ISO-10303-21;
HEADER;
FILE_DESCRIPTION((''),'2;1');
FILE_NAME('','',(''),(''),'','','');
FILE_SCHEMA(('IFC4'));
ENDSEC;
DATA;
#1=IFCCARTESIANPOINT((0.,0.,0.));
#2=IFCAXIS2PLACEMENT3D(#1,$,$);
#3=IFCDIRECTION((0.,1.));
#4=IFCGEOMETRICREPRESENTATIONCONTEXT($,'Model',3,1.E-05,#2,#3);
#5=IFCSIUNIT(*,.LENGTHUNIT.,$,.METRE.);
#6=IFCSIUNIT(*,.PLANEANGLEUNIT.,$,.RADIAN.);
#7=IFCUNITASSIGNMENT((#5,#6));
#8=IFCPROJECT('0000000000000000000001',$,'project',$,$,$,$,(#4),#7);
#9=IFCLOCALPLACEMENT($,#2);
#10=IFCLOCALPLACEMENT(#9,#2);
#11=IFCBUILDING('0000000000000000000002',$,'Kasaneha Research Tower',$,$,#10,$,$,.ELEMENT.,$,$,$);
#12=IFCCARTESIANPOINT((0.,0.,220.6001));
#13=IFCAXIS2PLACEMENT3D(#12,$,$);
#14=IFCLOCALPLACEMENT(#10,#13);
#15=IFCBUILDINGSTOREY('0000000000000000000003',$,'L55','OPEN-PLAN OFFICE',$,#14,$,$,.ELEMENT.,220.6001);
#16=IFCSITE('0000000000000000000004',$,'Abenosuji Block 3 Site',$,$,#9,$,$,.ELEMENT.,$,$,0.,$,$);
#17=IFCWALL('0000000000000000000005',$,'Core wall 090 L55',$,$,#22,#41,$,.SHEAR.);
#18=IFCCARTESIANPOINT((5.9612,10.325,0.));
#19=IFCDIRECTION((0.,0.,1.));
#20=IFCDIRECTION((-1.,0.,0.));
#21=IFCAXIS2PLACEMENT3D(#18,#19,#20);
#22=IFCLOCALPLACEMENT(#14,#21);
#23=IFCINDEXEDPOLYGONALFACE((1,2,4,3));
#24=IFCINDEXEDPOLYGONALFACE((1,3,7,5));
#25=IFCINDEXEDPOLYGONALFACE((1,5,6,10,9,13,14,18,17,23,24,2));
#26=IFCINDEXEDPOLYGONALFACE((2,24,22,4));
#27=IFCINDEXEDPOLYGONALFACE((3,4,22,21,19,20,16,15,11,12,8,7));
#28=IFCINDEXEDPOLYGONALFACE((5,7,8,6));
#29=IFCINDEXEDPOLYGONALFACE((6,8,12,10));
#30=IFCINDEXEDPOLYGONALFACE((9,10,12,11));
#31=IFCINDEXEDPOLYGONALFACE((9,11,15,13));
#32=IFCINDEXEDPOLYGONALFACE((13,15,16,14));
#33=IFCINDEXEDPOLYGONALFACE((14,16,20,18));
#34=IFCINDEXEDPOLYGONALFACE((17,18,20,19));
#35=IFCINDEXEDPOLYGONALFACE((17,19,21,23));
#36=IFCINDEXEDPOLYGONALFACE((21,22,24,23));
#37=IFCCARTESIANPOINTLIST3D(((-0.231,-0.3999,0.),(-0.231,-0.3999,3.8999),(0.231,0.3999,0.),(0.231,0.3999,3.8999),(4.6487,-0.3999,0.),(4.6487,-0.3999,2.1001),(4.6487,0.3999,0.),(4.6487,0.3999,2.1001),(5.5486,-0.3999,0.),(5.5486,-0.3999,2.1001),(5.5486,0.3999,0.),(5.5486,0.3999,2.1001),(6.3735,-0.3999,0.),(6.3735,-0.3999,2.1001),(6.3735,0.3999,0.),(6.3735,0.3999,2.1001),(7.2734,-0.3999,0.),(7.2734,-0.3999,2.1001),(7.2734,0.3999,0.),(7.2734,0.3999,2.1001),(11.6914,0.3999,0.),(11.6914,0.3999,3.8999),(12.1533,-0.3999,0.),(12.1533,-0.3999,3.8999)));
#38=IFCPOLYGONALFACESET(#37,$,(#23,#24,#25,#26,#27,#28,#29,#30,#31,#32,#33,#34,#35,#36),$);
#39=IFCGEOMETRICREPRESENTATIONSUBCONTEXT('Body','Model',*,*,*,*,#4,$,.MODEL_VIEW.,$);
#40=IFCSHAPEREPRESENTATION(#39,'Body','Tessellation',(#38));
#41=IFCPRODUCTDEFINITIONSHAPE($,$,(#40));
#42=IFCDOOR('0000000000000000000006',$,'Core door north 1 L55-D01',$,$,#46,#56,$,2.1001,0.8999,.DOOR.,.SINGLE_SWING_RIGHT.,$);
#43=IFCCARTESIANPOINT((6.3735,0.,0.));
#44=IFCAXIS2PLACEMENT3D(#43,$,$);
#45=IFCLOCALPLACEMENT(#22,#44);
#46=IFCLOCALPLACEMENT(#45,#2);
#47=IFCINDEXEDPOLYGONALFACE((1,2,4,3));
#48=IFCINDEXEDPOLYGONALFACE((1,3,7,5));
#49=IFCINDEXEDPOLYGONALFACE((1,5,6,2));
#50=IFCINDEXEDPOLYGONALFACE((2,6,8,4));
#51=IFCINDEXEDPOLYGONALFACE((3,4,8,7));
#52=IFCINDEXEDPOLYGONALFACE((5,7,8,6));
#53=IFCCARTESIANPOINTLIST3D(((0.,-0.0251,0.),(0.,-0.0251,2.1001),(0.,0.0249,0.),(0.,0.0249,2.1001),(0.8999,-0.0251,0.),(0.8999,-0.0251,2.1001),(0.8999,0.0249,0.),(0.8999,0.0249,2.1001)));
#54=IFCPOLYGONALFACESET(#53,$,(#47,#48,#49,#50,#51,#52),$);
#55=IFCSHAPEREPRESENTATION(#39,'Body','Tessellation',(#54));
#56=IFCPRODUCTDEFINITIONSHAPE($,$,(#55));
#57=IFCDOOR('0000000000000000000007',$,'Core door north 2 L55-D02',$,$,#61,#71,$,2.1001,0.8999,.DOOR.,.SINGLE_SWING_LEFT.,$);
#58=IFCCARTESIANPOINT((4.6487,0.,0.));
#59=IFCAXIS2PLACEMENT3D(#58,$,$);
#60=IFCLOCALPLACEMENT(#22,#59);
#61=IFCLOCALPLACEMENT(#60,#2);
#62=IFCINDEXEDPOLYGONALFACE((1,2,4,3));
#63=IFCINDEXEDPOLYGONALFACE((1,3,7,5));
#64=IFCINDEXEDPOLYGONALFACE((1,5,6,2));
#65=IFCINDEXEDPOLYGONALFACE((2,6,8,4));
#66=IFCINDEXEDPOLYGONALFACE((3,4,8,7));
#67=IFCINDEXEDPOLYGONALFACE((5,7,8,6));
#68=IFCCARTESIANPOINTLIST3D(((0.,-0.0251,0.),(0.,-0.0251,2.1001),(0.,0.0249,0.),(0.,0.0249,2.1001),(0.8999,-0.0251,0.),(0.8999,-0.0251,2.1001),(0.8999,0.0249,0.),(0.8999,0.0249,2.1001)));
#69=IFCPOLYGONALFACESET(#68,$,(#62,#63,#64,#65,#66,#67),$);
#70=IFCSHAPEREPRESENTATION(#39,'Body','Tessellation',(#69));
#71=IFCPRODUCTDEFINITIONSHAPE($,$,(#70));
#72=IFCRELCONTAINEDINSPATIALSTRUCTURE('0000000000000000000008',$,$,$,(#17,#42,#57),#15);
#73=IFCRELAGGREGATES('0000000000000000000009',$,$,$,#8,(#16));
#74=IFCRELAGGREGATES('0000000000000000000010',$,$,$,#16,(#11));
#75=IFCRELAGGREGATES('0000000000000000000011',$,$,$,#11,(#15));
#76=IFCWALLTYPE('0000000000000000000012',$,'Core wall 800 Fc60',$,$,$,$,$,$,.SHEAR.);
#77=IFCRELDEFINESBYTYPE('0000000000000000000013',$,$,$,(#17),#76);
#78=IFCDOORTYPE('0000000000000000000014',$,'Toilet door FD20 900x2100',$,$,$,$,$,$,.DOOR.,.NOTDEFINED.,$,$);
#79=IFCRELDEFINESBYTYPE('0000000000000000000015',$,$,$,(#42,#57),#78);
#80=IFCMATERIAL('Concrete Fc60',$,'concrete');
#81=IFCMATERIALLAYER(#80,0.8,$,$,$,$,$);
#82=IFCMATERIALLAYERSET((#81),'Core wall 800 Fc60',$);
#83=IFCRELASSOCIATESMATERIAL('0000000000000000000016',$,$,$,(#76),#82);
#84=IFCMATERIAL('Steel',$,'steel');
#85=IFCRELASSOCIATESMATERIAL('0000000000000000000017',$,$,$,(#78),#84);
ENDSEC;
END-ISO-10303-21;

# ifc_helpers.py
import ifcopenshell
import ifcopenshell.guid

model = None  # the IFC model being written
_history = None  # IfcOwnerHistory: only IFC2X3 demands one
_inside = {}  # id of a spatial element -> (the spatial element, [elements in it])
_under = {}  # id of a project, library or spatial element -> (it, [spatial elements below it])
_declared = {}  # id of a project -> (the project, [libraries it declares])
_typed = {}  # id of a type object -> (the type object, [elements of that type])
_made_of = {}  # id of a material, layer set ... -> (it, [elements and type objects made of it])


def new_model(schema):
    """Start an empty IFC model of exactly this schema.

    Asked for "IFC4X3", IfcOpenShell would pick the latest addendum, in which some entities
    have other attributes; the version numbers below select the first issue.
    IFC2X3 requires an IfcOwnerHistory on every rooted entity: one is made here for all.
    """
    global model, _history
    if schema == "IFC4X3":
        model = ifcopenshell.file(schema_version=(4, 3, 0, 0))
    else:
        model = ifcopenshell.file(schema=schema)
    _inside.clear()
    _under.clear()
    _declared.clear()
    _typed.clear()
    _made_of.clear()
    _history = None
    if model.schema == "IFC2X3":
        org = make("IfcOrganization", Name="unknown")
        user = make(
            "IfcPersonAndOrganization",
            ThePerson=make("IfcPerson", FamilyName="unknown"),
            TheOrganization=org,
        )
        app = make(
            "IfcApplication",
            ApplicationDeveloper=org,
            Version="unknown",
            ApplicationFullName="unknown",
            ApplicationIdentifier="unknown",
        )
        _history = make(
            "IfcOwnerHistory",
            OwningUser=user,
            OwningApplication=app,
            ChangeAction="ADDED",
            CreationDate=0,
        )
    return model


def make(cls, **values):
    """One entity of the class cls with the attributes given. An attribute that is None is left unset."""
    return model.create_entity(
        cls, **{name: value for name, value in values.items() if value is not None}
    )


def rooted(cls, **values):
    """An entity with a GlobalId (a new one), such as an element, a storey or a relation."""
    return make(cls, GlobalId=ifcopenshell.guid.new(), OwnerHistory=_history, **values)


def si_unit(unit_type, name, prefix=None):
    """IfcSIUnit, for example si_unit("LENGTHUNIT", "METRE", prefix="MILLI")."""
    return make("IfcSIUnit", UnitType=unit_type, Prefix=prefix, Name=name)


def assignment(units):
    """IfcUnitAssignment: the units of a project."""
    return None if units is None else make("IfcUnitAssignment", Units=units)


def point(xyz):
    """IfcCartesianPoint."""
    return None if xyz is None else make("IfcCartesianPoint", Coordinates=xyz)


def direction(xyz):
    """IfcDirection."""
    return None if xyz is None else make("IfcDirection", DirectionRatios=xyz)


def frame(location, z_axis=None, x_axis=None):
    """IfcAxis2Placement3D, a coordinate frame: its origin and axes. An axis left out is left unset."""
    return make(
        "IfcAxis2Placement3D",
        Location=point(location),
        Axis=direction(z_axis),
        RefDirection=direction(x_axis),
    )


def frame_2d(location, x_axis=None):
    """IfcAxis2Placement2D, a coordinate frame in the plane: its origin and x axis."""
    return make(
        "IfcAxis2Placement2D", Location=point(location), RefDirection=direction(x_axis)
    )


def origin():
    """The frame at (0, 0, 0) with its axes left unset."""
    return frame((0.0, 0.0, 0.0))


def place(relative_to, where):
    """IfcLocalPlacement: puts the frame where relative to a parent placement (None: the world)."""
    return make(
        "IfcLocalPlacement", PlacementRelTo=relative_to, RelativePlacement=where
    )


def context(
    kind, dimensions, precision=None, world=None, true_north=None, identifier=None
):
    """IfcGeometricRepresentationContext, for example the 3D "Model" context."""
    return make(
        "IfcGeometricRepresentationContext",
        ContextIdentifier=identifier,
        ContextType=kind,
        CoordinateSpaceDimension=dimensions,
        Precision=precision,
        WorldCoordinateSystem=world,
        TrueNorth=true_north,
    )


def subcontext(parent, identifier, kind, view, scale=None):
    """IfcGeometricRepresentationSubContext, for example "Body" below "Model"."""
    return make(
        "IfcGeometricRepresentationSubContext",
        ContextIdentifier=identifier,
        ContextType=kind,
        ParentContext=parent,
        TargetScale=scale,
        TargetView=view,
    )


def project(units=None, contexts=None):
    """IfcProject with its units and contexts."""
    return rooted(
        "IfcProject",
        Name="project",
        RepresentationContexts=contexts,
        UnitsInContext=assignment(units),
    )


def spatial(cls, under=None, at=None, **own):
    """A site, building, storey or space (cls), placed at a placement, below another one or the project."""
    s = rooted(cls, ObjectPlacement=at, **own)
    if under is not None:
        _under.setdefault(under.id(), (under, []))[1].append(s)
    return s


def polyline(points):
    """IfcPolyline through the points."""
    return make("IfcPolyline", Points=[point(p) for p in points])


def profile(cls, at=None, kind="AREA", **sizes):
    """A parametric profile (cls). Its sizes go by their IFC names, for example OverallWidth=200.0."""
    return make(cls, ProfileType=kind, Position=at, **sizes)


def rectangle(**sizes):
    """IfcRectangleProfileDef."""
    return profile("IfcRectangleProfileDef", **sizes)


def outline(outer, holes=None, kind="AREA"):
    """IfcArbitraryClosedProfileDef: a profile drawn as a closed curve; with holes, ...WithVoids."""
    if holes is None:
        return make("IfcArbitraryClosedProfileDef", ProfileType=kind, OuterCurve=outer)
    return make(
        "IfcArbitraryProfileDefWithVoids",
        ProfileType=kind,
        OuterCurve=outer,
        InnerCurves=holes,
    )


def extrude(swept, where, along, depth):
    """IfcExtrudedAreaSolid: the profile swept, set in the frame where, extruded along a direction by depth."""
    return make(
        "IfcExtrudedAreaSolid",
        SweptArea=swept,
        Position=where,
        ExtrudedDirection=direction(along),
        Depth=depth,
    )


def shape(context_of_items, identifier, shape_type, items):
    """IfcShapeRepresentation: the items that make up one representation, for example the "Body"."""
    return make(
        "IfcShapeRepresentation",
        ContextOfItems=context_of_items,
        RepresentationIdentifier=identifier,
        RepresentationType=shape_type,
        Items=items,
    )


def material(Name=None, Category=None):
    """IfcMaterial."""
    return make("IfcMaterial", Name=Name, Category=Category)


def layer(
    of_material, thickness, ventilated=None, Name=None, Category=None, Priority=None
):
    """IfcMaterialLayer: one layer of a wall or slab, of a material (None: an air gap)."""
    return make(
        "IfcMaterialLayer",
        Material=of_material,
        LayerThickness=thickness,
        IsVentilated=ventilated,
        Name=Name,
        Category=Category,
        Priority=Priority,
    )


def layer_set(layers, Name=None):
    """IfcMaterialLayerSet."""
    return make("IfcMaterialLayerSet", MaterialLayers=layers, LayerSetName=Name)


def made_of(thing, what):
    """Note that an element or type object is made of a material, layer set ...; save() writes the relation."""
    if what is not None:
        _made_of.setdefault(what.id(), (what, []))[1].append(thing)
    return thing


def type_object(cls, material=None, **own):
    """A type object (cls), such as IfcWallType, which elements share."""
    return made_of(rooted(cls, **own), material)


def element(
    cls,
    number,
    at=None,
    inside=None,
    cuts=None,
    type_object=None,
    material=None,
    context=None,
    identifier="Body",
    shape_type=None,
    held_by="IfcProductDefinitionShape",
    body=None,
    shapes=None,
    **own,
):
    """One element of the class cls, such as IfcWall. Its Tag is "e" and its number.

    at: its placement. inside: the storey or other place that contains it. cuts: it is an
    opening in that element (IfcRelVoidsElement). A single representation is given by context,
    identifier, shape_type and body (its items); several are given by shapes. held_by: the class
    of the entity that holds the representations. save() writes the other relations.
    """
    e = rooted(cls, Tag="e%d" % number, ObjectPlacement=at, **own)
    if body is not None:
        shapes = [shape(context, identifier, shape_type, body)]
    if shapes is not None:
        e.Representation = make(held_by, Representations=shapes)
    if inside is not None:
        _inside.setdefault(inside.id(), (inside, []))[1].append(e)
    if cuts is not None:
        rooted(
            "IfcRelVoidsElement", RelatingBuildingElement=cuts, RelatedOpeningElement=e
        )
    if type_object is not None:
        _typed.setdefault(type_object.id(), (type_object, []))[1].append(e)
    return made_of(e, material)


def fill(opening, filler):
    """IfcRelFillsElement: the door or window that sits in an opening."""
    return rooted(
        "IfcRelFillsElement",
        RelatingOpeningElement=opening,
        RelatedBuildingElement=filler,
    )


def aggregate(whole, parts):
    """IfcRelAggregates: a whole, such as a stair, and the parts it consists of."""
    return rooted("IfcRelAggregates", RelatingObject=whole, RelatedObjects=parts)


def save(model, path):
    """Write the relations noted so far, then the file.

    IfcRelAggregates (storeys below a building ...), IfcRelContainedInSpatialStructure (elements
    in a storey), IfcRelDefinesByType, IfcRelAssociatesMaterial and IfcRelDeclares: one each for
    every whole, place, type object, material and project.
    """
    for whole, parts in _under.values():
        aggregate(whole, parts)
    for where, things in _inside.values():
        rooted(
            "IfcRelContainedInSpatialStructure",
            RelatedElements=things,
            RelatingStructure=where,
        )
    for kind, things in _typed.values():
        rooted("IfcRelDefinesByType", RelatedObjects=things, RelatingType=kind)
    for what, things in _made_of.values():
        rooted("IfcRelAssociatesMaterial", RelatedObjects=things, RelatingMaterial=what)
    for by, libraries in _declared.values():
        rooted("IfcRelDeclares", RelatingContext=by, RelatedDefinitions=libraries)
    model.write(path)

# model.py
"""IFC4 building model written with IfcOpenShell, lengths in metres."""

from ifc_helpers import new_model, si_unit, direction, frame, frame_2d, origin, place, context, subcontext, project, spatial, polyline, rectangle, outline, extrude, material, layer, layer_set, type_object, element, fill, save


model = new_model("IFC4")

# Units and contexts
model_context = context("Model", 3, precision=1e-05, world=origin(), true_north=direction((0.0, 1.0)))
body_context = subcontext(model_context, "Body", "Model", "MODEL_VIEW")
ifc_project = project(units=[si_unit("LENGTHUNIT", "METRE"), si_unit("PLANEANGLEUNIT", "RADIAN")], contexts=[model_context])

# Site, building, storey
site_placement = place(None, origin())
site = spatial("IfcSite", under=ifc_project, at=site_placement, Name="Abenosuji Block 3 Site", CompositionType="ELEMENT", RefElevation=0.0)
building_placement = place(site_placement, origin())
building = spatial("IfcBuilding", under=site, at=building_placement, Name="Kasaneha Research Tower", CompositionType="ELEMENT")
storey_placement = place(building_placement, frame((0.0, 0.0, 220.6001)))
storey = spatial("IfcBuildingStorey", under=building, at=storey_placement, Name="L55", Description="OPEN-PLAN OFFICE", CompositionType="ELEMENT", Elevation=220.6001)

# Wall, openings, doors
ifc_material_1 = material(Name="Concrete Fc60", Category="concrete")
ifc_layer_1 = layer(ifc_material_1, 0.8)
ifc_layer_set_1 = layer_set([ifc_layer_1], Name="Core wall 800 Fc60")
wall_type_1 = type_object("IfcWallType", Name="Core wall 800 Fc60", PredefinedType="SHEAR", material=ifc_layer_set_1)
wall_1_placement = place(storey_placement, frame((5.9612, 10.325, 0.0), z_axis=(0.0, 0.0, 1.0), x_axis=(-1.0, 0.0, 0.0)))
wall_1 = element("IfcWall", 1, at=wall_1_placement, inside=storey, type_object=wall_type_1, Name="Core wall 090 L55", PredefinedType="SHEAR", context=body_context, shape_type="SweptSolid", body=[
    extrude(outline(polyline([(-0.231, -0.3999), (4.6487, -0.3999), (5.5486, -0.3999), (6.3735, -0.3999), (7.2734, -0.3999), (12.1533, -0.3999), (11.6914, 0.3999), (7.2734, 0.3999), (6.3735, 0.3999), (5.5486, 0.3999), (4.6487, 0.3999), (0.231, 0.3999), (-0.231, -0.3999)])), origin(), (0.0, 0.0, 1.0), 3.8999),
])
opening_1_placement = place(wall_1_placement, frame((6.3735, 0.0, 0.0)))
opening_1 = element("IfcOpeningElement", 2, at=opening_1_placement, cuts=wall_1, PredefinedType="OPENING", context=body_context, shape_type="SweptSolid", body=[
    extrude(rectangle(XDim=0.8999, YDim=2.1001, at=frame_2d((0.45, 1.05))), frame((0.0, 0.4102, 0.0), z_axis=(0.0, -1.0, 0.0), x_axis=(1.0, 0.0, 0.0)), (0.0, 0.0, 1.0), 0.8201),
])
opening_2_placement = place(wall_1_placement, frame((4.6487, 0.0, 0.0)))
opening_2 = element("IfcOpeningElement", 3, at=opening_2_placement, cuts=wall_1, PredefinedType="OPENING", context=body_context, shape_type="SweptSolid", body=[
    extrude(rectangle(XDim=0.8999, YDim=2.1001, at=frame_2d((0.45, 1.05))), frame((0.0, 0.4102, 0.0), z_axis=(0.0, -1.0, 0.0), x_axis=(1.0, 0.0, 0.0)), (0.0, 0.0, 1.0), 0.8201),
])
ifc_material_2 = material(Name="Steel", Category="steel")
door_type_1 = type_object("IfcDoorType", Name="Toilet door FD20 900x2100", OperationType="NOTDEFINED", PredefinedType="DOOR", material=ifc_material_2)
door_1_placement = place(opening_1_placement, origin())
door_1 = element("IfcDoor", 4, at=door_1_placement, inside=storey, type_object=door_type_1, Name="Core door north 1 L55-D01", OperationType="SINGLE_SWING_RIGHT", OverallHeight=2.1001, OverallWidth=0.8999, PredefinedType="DOOR", context=body_context, shape_type="SweptSolid", body=[
    extrude(rectangle(XDim=0.8999, YDim=2.1001, at=frame_2d((0.45, 1.05))), frame((0.0, 0.0249, 0.0), z_axis=(0.0, -1.0, 0.0), x_axis=(1.0, 0.0, 0.0)), (0.0, 0.0, 1.0), 0.05),
])
fill(opening_1, door_1)
door_2_placement = place(opening_2_placement, origin())
door_2 = element("IfcDoor", 5, at=door_2_placement, inside=storey, type_object=door_type_1, Name="Core door north 2 L55-D02", OperationType="SINGLE_SWING_LEFT", OverallHeight=2.1001, OverallWidth=0.8999, PredefinedType="DOOR", context=body_context, shape_type="SweptSolid", body=[
    extrude(rectangle(XDim=0.8999, YDim=2.1001, at=frame_2d((0.45, 1.05))), frame((0.0, 0.0249, 0.0), z_axis=(0.0, -1.0, 0.0), x_axis=(1.0, 0.0, 0.0)), (0.0, 0.0, 1.0), 0.05),
])
fill(opening_2, door_2)

save(model, "model.ifc")
